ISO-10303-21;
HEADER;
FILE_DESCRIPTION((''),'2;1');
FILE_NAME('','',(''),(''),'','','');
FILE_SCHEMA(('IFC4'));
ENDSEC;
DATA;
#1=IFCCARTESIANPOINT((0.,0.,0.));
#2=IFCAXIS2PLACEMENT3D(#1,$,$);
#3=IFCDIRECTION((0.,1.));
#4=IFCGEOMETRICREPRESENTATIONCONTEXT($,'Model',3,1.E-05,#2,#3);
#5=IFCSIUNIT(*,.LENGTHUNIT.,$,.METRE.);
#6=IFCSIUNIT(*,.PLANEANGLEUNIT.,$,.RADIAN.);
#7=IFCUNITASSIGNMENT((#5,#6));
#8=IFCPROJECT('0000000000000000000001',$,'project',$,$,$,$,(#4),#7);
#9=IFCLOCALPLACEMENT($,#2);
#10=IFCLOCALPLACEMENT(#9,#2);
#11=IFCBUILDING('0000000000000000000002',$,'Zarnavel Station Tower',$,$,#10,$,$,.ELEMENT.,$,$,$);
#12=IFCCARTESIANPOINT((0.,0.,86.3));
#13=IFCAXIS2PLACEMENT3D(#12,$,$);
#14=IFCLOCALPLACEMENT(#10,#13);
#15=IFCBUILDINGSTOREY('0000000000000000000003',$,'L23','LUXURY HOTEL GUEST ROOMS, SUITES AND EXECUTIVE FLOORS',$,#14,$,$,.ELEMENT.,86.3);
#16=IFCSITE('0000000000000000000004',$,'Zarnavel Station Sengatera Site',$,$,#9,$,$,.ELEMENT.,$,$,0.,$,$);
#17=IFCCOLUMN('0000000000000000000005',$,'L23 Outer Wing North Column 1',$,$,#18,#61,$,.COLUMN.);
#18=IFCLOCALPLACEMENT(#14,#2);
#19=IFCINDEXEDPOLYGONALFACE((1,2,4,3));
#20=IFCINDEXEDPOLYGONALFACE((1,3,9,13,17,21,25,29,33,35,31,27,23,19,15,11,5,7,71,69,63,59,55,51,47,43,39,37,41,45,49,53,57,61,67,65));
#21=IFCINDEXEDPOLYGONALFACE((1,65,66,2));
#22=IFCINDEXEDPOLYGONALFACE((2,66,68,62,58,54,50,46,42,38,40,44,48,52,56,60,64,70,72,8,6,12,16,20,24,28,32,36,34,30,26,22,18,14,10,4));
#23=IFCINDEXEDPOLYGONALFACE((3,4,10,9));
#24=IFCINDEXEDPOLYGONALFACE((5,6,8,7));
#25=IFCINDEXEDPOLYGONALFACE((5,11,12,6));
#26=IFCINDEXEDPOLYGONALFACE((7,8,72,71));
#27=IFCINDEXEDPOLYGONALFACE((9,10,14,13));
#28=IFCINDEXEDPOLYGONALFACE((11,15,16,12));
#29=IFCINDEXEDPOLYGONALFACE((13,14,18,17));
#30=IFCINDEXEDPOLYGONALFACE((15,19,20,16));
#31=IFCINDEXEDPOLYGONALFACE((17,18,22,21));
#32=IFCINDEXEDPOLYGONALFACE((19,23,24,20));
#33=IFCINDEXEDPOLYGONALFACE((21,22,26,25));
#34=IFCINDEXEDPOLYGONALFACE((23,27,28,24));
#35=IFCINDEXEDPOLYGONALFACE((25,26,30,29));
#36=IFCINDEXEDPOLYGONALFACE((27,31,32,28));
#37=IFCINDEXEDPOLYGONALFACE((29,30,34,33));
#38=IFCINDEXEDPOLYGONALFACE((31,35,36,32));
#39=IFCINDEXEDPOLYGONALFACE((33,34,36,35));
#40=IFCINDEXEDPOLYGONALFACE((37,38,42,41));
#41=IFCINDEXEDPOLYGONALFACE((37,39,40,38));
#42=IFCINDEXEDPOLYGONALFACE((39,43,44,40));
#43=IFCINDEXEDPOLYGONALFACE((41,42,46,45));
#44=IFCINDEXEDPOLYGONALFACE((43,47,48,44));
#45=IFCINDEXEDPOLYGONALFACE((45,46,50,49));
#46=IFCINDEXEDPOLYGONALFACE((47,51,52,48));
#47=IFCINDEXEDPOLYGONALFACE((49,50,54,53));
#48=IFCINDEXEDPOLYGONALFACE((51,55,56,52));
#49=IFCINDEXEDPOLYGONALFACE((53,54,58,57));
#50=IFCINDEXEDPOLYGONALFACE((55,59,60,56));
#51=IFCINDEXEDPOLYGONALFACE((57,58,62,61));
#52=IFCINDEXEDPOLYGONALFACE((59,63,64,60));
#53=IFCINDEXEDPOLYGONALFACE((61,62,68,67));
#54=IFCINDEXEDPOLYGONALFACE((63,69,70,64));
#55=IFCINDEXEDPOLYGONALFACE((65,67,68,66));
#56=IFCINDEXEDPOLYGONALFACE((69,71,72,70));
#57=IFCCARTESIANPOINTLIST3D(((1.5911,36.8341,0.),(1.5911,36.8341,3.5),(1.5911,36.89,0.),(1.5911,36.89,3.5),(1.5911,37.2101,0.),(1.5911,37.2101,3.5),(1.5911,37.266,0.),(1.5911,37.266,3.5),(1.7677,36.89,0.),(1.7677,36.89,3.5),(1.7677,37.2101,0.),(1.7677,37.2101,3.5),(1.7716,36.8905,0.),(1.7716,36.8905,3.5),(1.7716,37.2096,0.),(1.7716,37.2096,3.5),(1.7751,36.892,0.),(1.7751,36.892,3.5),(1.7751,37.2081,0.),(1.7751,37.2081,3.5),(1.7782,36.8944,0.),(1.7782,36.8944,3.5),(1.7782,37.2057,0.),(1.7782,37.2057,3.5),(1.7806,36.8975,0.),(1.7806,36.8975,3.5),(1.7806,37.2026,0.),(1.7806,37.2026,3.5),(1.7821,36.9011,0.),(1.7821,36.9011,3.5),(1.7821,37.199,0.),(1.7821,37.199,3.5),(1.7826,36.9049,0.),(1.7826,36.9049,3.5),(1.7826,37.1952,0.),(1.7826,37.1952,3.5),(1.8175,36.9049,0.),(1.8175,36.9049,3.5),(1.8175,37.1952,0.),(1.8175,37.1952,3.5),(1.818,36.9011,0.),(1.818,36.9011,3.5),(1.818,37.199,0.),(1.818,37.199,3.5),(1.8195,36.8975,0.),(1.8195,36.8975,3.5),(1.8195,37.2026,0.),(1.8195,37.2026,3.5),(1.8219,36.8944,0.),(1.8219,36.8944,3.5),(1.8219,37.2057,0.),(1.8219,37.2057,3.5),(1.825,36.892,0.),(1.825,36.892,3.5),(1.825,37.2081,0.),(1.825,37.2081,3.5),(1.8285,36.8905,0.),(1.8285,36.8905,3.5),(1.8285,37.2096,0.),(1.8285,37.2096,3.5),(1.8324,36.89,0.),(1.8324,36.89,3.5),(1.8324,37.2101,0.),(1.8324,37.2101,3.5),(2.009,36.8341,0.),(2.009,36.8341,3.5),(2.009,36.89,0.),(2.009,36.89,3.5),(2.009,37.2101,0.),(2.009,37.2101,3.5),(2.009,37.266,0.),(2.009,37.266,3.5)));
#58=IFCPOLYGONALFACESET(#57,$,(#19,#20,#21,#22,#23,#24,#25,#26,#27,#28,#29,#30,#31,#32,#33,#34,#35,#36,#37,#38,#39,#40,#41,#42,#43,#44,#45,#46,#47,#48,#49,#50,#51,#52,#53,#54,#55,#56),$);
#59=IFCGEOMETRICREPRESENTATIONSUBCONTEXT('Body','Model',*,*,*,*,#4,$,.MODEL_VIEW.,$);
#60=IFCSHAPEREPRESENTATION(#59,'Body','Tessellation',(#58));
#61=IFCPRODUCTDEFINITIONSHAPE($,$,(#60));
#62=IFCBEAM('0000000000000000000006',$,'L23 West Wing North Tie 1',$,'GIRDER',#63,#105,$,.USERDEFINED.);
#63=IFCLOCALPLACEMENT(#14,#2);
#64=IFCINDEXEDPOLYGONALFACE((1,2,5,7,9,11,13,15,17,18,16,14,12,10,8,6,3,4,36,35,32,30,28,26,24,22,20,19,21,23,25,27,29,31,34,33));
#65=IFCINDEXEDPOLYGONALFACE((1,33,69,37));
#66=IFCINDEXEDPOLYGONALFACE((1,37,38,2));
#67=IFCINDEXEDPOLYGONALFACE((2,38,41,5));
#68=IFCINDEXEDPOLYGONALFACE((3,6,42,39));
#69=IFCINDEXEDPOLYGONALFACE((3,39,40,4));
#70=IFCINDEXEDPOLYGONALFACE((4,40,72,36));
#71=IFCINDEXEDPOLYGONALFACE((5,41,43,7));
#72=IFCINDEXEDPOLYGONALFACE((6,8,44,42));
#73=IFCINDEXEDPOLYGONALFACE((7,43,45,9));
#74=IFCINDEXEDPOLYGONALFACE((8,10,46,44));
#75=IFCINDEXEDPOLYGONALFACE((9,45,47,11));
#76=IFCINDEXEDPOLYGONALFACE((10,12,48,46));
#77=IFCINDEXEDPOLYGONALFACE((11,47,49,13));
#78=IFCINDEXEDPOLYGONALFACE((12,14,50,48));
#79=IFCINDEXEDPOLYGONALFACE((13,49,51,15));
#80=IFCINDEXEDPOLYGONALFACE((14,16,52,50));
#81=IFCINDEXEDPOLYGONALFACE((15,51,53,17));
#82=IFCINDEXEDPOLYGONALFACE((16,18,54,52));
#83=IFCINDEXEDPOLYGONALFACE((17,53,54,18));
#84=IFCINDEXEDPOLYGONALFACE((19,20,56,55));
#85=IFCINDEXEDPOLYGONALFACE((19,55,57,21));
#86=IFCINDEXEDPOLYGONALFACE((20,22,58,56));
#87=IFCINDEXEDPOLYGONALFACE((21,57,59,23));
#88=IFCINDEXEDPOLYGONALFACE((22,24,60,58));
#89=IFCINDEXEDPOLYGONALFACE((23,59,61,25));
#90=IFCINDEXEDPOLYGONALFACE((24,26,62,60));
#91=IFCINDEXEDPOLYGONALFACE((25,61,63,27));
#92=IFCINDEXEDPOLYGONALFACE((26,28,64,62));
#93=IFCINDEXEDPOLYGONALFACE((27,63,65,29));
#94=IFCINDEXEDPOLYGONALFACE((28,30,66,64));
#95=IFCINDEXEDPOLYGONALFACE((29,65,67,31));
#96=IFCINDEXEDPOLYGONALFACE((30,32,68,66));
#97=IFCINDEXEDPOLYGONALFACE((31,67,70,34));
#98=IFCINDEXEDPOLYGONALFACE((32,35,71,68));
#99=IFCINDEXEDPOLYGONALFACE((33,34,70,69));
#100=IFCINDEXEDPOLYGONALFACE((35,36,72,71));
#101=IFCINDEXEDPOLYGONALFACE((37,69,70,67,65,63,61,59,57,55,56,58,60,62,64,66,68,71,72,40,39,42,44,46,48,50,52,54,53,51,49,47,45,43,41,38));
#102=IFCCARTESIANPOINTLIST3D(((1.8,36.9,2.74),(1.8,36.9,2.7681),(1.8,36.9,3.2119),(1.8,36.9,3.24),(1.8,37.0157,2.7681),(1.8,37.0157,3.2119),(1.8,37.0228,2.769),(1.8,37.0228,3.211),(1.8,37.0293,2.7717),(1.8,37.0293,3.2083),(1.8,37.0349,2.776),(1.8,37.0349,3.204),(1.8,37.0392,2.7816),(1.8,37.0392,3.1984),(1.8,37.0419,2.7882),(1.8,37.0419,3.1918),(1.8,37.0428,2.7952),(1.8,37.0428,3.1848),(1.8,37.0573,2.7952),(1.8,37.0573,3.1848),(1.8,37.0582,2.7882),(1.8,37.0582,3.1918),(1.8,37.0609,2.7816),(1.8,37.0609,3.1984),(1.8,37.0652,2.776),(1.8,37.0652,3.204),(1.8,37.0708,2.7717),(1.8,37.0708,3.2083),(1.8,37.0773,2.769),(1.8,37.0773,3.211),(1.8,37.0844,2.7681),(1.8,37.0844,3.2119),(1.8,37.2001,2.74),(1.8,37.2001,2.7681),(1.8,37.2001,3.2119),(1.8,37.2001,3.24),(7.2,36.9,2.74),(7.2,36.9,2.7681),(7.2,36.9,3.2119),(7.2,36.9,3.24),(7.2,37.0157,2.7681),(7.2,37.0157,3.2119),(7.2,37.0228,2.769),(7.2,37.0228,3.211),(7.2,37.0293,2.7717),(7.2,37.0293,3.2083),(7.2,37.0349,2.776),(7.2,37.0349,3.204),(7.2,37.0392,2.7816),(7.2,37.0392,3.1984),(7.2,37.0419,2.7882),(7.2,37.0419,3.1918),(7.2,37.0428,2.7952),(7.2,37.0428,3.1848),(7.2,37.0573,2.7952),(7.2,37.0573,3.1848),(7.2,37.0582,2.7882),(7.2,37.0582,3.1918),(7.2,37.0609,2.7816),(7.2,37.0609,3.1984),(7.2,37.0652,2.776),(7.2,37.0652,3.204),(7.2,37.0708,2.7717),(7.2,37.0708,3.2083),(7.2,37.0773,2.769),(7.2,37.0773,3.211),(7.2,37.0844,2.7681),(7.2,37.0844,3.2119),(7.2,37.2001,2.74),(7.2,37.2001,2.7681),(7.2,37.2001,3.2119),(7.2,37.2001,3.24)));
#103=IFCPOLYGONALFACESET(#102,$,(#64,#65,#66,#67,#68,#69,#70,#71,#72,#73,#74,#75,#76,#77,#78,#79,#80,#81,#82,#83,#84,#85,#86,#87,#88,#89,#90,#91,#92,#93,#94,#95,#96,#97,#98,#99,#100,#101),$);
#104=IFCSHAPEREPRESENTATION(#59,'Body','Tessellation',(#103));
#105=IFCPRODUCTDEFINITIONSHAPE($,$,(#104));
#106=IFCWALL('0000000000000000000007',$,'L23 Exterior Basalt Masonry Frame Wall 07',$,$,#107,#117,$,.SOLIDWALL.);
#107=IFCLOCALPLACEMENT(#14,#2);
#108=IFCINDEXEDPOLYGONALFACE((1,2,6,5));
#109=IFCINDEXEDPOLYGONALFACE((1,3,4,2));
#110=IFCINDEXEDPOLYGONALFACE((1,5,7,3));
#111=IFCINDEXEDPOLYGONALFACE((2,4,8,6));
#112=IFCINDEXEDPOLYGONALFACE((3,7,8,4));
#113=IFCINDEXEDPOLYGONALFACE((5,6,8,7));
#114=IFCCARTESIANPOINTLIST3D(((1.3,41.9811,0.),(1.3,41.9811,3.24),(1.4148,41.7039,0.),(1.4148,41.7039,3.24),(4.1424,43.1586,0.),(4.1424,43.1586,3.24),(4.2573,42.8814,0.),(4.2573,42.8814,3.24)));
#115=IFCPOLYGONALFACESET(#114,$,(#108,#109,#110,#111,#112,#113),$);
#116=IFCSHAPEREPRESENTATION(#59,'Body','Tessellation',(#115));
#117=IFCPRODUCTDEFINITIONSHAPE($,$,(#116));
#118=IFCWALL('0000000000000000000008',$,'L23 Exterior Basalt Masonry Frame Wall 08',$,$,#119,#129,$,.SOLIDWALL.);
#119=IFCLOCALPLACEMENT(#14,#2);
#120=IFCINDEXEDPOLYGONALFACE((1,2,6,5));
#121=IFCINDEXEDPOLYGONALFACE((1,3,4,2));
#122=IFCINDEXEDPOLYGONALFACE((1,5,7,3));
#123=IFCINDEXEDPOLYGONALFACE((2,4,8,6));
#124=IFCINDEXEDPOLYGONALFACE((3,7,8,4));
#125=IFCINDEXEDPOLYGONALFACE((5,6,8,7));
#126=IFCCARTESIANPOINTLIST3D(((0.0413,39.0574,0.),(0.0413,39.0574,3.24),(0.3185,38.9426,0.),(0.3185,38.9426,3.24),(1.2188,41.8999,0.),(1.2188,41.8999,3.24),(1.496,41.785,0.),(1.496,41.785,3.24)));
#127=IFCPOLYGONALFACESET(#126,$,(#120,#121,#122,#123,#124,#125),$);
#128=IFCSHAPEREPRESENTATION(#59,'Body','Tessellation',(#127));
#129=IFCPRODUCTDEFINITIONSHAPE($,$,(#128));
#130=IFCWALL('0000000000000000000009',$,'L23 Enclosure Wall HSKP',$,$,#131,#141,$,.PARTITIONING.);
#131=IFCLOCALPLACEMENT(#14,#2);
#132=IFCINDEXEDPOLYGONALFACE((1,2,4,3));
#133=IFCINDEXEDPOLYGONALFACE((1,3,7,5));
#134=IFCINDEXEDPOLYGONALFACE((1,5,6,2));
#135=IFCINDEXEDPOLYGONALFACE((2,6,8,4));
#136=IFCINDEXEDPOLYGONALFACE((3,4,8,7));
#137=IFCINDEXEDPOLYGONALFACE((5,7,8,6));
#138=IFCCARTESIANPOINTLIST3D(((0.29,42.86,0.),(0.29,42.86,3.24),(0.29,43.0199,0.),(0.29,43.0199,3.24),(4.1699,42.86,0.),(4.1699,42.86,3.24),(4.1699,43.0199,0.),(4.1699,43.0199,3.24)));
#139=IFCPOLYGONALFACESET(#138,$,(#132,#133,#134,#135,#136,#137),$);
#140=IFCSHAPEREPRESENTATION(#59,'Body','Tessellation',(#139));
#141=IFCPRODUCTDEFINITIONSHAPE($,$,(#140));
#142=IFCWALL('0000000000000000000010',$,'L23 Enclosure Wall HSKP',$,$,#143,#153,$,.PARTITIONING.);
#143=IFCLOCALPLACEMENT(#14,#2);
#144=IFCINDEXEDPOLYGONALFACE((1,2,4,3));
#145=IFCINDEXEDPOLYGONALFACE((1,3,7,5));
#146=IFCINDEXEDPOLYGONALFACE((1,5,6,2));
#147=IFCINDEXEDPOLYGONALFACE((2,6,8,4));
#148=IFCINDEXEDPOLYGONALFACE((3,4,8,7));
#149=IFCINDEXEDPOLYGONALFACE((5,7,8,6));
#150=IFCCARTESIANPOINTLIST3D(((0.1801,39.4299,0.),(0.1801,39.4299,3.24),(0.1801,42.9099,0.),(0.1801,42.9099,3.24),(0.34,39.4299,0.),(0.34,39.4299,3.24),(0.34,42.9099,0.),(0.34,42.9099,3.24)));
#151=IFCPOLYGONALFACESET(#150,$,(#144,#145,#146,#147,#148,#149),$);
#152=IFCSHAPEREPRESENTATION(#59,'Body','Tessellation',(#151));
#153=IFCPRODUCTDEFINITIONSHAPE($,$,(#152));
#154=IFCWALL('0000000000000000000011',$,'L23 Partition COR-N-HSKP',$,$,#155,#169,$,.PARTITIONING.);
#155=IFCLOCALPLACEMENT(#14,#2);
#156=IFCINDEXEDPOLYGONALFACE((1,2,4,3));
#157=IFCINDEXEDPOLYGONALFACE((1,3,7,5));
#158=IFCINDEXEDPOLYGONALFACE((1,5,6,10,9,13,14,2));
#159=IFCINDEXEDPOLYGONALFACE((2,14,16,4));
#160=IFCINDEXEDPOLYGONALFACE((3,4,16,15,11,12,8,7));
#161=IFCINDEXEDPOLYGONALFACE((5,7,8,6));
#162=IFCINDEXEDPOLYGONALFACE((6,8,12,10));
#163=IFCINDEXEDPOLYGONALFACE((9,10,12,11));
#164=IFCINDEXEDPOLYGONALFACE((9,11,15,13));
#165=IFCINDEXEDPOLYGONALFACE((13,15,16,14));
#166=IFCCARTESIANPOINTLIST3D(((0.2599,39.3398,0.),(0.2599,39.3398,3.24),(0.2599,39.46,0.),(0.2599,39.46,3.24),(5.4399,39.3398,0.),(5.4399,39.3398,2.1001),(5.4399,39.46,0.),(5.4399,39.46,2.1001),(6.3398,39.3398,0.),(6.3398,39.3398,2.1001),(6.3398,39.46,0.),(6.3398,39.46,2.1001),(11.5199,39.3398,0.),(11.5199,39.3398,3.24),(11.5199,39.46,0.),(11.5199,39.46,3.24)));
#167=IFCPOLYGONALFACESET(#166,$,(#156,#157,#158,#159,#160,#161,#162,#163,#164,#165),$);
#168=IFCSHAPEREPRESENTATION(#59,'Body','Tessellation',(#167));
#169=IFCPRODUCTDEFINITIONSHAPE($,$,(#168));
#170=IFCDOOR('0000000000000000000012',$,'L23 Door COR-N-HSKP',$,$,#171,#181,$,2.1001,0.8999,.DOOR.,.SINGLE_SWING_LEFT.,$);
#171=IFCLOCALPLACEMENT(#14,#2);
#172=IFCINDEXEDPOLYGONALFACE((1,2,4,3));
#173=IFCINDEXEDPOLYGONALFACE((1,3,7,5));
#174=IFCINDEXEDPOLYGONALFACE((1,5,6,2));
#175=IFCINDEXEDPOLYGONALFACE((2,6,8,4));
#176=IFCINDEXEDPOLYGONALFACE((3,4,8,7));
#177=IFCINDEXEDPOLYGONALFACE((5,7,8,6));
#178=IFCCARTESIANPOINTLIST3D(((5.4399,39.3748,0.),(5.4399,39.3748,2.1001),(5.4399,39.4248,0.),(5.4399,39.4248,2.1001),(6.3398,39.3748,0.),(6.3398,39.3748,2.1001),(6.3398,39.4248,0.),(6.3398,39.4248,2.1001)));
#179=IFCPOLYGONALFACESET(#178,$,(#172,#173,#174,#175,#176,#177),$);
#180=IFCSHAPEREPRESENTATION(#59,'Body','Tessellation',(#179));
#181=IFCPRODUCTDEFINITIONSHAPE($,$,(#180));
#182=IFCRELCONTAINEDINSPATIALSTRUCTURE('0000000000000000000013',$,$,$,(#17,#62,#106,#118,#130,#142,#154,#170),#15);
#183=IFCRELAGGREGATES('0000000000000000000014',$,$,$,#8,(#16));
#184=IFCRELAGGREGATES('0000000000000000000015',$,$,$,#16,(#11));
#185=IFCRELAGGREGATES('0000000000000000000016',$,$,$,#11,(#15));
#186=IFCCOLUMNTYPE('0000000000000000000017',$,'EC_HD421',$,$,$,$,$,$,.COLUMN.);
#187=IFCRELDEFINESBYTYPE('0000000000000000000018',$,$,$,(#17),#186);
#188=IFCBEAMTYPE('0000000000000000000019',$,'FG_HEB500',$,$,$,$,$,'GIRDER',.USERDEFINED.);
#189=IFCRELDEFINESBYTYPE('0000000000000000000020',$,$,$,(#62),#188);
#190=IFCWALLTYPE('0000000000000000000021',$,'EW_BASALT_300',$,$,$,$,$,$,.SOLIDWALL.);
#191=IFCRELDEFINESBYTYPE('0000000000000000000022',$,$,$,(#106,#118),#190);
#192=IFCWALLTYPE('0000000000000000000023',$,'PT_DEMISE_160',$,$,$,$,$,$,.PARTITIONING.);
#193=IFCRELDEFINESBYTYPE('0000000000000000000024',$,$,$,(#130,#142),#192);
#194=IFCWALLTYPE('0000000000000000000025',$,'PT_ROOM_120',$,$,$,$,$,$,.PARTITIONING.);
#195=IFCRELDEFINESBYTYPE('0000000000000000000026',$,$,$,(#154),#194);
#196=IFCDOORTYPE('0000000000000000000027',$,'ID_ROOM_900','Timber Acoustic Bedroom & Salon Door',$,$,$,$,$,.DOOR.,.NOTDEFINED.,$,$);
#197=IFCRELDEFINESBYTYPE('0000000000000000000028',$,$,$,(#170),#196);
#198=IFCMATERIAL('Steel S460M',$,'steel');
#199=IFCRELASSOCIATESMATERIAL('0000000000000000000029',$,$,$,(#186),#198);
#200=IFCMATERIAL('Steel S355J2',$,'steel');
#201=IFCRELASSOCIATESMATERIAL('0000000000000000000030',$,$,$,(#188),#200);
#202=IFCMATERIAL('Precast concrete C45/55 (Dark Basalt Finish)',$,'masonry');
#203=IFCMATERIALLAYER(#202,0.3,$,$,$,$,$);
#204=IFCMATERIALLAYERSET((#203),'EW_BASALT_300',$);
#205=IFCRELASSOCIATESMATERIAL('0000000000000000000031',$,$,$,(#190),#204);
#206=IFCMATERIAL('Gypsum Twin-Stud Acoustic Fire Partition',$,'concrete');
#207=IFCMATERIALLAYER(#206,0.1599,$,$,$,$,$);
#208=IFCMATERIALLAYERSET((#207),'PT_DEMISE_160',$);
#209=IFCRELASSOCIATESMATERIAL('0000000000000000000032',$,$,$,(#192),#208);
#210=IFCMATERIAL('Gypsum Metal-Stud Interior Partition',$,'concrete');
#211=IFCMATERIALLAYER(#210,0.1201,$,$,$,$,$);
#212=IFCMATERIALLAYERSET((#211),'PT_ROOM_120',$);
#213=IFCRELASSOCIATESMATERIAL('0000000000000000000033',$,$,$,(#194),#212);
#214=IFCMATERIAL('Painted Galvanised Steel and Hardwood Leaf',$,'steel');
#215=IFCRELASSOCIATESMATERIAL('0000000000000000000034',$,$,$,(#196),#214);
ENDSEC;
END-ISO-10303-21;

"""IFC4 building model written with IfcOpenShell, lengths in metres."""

from ifc_helpers import new_model, si_unit, direction, frame, frame_2d, origin, origin_2d, place, context, subcontext, project, spatial, rectangle, i_section, extrude, material, layer, layer_set, material_profile, profile_set, type_object, element, fill, save


model = new_model("IFC4")

# Units and contexts
model_context = context("Model", 3, precision=1e-05, world=origin(), true_north=direction((0.0, 1.0)))
body_context = subcontext(model_context, "Body", "Model", "MODEL_VIEW")
ifc_project = project(units=[si_unit("LENGTHUNIT", "METRE"), si_unit("PLANEANGLEUNIT", "RADIAN")], contexts=[model_context])

# Site, building, storey
site_placement = place(None, origin())
site = spatial("IfcSite", under=ifc_project, at=site_placement, Name="Zarnavel Station Sengatera Site", CompositionType="ELEMENT", RefElevation=0.0)
building_placement = place(site_placement, origin())
building = spatial("IfcBuilding", under=site, at=building_placement, Name="Zarnavel Station Tower", CompositionType="ELEMENT")
storey_placement = place(building_placement, frame((0.0, 0.0, 86.3)))
storey = spatial("IfcBuildingStorey", under=building, at=storey_placement, Name="L23", Description="LUXURY HOTEL GUEST ROOMS, SUITES AND EXECUTIVE FLOORS", CompositionType="ELEMENT", Elevation=86.3)

# Column
ifc_material_1 = material(Name="Steel S460M", Category="steel")
ifc_material_profile_1 = material_profile(ifc_material_1, i_section(OverallWidth=0.418, OverallDepth=0.4319, WebThickness=0.0349, FlangeThickness=0.0559, FilletRadius=0.0149, at=origin_2d()), Name="HD400x421")
ifc_profile_set_1 = profile_set([ifc_material_profile_1], Name="Steel S460M")
column_type = type_object("IfcColumnType", Name="EC_HD421", PredefinedType="COLUMN", material=ifc_profile_set_1)
column_placement = place(storey_placement, frame((1.8, 37.05, 0.0), z_axis=(0.0, 0.0, 1.0), x_axis=(1.0, 0.0, 0.0)))
element("IfcColumn", 1, at=column_placement, inside=storey, type_object=column_type, Name="L23 Outer Wing North Column 1", PredefinedType="COLUMN", context=body_context, shape_type="SweptSolid", body=[
    extrude(i_section(OverallWidth=0.418, OverallDepth=0.4319, WebThickness=0.0349, FlangeThickness=0.0559, FilletRadius=0.0149, at=origin_2d()), origin(), (0.0, 0.0, 1.0), 3.5),
])

# Beam
ifc_material_2 = material(Name="Steel S355J2", Category="steel")
ifc_material_profile_2 = material_profile(ifc_material_2, i_section(OverallWidth=0.3, OverallDepth=0.5, WebThickness=0.0144, FlangeThickness=0.0281, FilletRadius=0.0271, at=origin_2d()), Name="HEB500")
ifc_profile_set_2 = profile_set([ifc_material_profile_2], Name="Steel S355J2")
beam_type = type_object("IfcBeamType", Name="FG_HEB500", ElementType="GIRDER", PredefinedType="USERDEFINED", material=ifc_profile_set_2)
beam_placement = place(storey_placement, frame((1.8, 37.05, 2.99), z_axis=(1.0, 0.0, 0.0), x_axis=(0.0, 1.0, 0.0)))
element("IfcBeam", 2, at=beam_placement, inside=storey, type_object=beam_type, Name="L23 West Wing North Tie 1", ObjectType="GIRDER", PredefinedType="USERDEFINED", context=body_context, shape_type="SweptSolid", body=[
    extrude(i_section(OverallWidth=0.3, OverallDepth=0.5, WebThickness=0.0144, FlangeThickness=0.0281, FilletRadius=0.0271, at=origin_2d()), origin(), (0.0, 0.0, 1.0), 5.3999),
])

# Walls
ifc_material_3 = material(Name="Precast concrete C45/55 (Dark Basalt Finish)", Category="masonry")
ifc_layer_1 = layer(ifc_material_3, 0.3)
ifc_layer_set_1 = layer_set([ifc_layer_1], Name="EW_BASALT_300")
wall_type_1 = type_object("IfcWallType", Name="EW_BASALT_300", PredefinedType="SOLIDWALL", material=ifc_layer_set_1)
for number, where, z_axis, x_axis, name in (
    (3, (1.3574, 41.8425, 0.0), (0.0, 0.0, 1.0), (0.923871, 0.382705, 0.0), "L23 Exterior Basalt Masonry Frame Wall 07"),
    (4, (0.1799, 39.0, 0.0), (0.0, 0.0, 1.0), (0.382705, 0.923871, 0.0), "L23 Exterior Basalt Masonry Frame Wall 08"),
):
    element("IfcWall", number, at=place(storey_placement, frame(where, z_axis=z_axis, x_axis=x_axis)), inside=storey, type_object=wall_type_1, Name=name, PredefinedType="SOLIDWALL", context=body_context, shape_type="SweptSolid", body=[
        extrude(rectangle(XDim=3.0767, YDim=0.3, at=frame_2d((1.5383, 0.0))), origin(), (0.0, 0.0, 1.0), 3.24),
    ])
ifc_material_4 = material(Name="Gypsum Twin-Stud Acoustic Fire Partition", Category="concrete")
ifc_layer_2 = layer(ifc_material_4, 0.1599)
ifc_layer_set_2 = layer_set([ifc_layer_2], Name="PT_DEMISE_160")
wall_type_2 = type_object("IfcWallType", Name="PT_DEMISE_160", PredefinedType="PARTITIONING", material=ifc_layer_set_2)
wall_1_placement = place(storey_placement, frame((0.29, 42.9399, 0.0), z_axis=(0.0, 0.0, 1.0), x_axis=(1.0, 0.0, 0.0)))
element("IfcWall", 5, at=wall_1_placement, inside=storey, type_object=wall_type_2, Name="L23 Enclosure Wall HSKP", PredefinedType="PARTITIONING", context=body_context, shape_type="SweptSolid", body=[
    extrude(rectangle(XDim=3.8799, YDim=0.1599, at=frame_2d((1.9399, 0.0))), origin(), (0.0, 0.0, 1.0), 3.24),
])
wall_2_placement = place(storey_placement, frame((0.26, 39.4299, 0.0), z_axis=(0.0, 0.0, 1.0), x_axis=(0.0, 1.0, 0.0)))
element("IfcWall", 6, at=wall_2_placement, inside=storey, type_object=wall_type_2, Name="L23 Enclosure Wall HSKP", PredefinedType="PARTITIONING", context=body_context, shape_type="SweptSolid", body=[
    extrude(rectangle(XDim=3.48, YDim=0.1599, at=frame_2d((1.74, 0.0))), origin(), (0.0, 0.0, 1.0), 3.24),
])

# Wall, opening, door
ifc_material_5 = material(Name="Gypsum Metal-Stud Interior Partition", Category="concrete")
ifc_layer_3 = layer(ifc_material_5, 0.1201)
ifc_layer_set_3 = layer_set([ifc_layer_3], Name="PT_ROOM_120")
wall_type_3 = type_object("IfcWallType", Name="PT_ROOM_120", PredefinedType="PARTITIONING", material=ifc_layer_set_3)
wall_3_placement = place(storey_placement, frame((0.26, 39.3999, 0.0), z_axis=(0.0, 0.0, 1.0), x_axis=(1.0, 0.0, 0.0)))
wall_3 = element("IfcWall", 7, at=wall_3_placement, inside=storey, type_object=wall_type_3, Name="L23 Partition COR-N-HSKP", PredefinedType="PARTITIONING", context=body_context, shape_type="SweptSolid", body=[
    extrude(rectangle(XDim=11.26, YDim=0.1201, at=frame_2d((5.6299, 0.0))), origin(), (0.0, 0.0, 1.0), 3.24),
])
opening_1_placement = place(wall_3_placement, frame((5.1799, 0.0, 0.0)))
opening_1 = element("IfcOpeningElement", 8, at=opening_1_placement, cuts=wall_3, PredefinedType="OPENING", context=body_context, shape_type="SweptSolid", body=[
    extrude(rectangle(XDim=0.8999, YDim=2.1001, at=frame_2d((0.45, 1.05))), frame((0.0, 0.0701, 0.0), z_axis=(0.0, -1.0, 0.0), x_axis=(1.0, 0.0, 0.0)), (0.0, 0.0, 1.0), 0.1401),
])
ifc_material_6 = material(Name="Painted Galvanised Steel and Hardwood Leaf", Category="steel")
door_type = type_object("IfcDoorType", Name="ID_ROOM_900", Description="Timber Acoustic Bedroom & Salon Door", OperationType="NOTDEFINED", PredefinedType="DOOR", material=ifc_material_6)
door_1_placement = place(opening_1_placement, origin())
door_1 = element("IfcDoor", 9, at=door_1_placement, inside=storey, type_object=door_type, Name="L23 Door COR-N-HSKP", OperationType="SINGLE_SWING_LEFT", OverallHeight=2.1001, OverallWidth=0.8999, PredefinedType="DOOR", context=body_context, shape_type="SweptSolid", body=[
    extrude(rectangle(XDim=0.8999, YDim=2.1001, at=frame_2d((0.45, 1.05))), frame((0.0, 0.0249, 0.0), z_axis=(0.0, -1.0, 0.0), x_axis=(1.0, 0.0, 0.0)), (0.0, 0.0, 1.0), 0.05),
])
fill(opening_1, door_1)

save(model, "model.ifc")
